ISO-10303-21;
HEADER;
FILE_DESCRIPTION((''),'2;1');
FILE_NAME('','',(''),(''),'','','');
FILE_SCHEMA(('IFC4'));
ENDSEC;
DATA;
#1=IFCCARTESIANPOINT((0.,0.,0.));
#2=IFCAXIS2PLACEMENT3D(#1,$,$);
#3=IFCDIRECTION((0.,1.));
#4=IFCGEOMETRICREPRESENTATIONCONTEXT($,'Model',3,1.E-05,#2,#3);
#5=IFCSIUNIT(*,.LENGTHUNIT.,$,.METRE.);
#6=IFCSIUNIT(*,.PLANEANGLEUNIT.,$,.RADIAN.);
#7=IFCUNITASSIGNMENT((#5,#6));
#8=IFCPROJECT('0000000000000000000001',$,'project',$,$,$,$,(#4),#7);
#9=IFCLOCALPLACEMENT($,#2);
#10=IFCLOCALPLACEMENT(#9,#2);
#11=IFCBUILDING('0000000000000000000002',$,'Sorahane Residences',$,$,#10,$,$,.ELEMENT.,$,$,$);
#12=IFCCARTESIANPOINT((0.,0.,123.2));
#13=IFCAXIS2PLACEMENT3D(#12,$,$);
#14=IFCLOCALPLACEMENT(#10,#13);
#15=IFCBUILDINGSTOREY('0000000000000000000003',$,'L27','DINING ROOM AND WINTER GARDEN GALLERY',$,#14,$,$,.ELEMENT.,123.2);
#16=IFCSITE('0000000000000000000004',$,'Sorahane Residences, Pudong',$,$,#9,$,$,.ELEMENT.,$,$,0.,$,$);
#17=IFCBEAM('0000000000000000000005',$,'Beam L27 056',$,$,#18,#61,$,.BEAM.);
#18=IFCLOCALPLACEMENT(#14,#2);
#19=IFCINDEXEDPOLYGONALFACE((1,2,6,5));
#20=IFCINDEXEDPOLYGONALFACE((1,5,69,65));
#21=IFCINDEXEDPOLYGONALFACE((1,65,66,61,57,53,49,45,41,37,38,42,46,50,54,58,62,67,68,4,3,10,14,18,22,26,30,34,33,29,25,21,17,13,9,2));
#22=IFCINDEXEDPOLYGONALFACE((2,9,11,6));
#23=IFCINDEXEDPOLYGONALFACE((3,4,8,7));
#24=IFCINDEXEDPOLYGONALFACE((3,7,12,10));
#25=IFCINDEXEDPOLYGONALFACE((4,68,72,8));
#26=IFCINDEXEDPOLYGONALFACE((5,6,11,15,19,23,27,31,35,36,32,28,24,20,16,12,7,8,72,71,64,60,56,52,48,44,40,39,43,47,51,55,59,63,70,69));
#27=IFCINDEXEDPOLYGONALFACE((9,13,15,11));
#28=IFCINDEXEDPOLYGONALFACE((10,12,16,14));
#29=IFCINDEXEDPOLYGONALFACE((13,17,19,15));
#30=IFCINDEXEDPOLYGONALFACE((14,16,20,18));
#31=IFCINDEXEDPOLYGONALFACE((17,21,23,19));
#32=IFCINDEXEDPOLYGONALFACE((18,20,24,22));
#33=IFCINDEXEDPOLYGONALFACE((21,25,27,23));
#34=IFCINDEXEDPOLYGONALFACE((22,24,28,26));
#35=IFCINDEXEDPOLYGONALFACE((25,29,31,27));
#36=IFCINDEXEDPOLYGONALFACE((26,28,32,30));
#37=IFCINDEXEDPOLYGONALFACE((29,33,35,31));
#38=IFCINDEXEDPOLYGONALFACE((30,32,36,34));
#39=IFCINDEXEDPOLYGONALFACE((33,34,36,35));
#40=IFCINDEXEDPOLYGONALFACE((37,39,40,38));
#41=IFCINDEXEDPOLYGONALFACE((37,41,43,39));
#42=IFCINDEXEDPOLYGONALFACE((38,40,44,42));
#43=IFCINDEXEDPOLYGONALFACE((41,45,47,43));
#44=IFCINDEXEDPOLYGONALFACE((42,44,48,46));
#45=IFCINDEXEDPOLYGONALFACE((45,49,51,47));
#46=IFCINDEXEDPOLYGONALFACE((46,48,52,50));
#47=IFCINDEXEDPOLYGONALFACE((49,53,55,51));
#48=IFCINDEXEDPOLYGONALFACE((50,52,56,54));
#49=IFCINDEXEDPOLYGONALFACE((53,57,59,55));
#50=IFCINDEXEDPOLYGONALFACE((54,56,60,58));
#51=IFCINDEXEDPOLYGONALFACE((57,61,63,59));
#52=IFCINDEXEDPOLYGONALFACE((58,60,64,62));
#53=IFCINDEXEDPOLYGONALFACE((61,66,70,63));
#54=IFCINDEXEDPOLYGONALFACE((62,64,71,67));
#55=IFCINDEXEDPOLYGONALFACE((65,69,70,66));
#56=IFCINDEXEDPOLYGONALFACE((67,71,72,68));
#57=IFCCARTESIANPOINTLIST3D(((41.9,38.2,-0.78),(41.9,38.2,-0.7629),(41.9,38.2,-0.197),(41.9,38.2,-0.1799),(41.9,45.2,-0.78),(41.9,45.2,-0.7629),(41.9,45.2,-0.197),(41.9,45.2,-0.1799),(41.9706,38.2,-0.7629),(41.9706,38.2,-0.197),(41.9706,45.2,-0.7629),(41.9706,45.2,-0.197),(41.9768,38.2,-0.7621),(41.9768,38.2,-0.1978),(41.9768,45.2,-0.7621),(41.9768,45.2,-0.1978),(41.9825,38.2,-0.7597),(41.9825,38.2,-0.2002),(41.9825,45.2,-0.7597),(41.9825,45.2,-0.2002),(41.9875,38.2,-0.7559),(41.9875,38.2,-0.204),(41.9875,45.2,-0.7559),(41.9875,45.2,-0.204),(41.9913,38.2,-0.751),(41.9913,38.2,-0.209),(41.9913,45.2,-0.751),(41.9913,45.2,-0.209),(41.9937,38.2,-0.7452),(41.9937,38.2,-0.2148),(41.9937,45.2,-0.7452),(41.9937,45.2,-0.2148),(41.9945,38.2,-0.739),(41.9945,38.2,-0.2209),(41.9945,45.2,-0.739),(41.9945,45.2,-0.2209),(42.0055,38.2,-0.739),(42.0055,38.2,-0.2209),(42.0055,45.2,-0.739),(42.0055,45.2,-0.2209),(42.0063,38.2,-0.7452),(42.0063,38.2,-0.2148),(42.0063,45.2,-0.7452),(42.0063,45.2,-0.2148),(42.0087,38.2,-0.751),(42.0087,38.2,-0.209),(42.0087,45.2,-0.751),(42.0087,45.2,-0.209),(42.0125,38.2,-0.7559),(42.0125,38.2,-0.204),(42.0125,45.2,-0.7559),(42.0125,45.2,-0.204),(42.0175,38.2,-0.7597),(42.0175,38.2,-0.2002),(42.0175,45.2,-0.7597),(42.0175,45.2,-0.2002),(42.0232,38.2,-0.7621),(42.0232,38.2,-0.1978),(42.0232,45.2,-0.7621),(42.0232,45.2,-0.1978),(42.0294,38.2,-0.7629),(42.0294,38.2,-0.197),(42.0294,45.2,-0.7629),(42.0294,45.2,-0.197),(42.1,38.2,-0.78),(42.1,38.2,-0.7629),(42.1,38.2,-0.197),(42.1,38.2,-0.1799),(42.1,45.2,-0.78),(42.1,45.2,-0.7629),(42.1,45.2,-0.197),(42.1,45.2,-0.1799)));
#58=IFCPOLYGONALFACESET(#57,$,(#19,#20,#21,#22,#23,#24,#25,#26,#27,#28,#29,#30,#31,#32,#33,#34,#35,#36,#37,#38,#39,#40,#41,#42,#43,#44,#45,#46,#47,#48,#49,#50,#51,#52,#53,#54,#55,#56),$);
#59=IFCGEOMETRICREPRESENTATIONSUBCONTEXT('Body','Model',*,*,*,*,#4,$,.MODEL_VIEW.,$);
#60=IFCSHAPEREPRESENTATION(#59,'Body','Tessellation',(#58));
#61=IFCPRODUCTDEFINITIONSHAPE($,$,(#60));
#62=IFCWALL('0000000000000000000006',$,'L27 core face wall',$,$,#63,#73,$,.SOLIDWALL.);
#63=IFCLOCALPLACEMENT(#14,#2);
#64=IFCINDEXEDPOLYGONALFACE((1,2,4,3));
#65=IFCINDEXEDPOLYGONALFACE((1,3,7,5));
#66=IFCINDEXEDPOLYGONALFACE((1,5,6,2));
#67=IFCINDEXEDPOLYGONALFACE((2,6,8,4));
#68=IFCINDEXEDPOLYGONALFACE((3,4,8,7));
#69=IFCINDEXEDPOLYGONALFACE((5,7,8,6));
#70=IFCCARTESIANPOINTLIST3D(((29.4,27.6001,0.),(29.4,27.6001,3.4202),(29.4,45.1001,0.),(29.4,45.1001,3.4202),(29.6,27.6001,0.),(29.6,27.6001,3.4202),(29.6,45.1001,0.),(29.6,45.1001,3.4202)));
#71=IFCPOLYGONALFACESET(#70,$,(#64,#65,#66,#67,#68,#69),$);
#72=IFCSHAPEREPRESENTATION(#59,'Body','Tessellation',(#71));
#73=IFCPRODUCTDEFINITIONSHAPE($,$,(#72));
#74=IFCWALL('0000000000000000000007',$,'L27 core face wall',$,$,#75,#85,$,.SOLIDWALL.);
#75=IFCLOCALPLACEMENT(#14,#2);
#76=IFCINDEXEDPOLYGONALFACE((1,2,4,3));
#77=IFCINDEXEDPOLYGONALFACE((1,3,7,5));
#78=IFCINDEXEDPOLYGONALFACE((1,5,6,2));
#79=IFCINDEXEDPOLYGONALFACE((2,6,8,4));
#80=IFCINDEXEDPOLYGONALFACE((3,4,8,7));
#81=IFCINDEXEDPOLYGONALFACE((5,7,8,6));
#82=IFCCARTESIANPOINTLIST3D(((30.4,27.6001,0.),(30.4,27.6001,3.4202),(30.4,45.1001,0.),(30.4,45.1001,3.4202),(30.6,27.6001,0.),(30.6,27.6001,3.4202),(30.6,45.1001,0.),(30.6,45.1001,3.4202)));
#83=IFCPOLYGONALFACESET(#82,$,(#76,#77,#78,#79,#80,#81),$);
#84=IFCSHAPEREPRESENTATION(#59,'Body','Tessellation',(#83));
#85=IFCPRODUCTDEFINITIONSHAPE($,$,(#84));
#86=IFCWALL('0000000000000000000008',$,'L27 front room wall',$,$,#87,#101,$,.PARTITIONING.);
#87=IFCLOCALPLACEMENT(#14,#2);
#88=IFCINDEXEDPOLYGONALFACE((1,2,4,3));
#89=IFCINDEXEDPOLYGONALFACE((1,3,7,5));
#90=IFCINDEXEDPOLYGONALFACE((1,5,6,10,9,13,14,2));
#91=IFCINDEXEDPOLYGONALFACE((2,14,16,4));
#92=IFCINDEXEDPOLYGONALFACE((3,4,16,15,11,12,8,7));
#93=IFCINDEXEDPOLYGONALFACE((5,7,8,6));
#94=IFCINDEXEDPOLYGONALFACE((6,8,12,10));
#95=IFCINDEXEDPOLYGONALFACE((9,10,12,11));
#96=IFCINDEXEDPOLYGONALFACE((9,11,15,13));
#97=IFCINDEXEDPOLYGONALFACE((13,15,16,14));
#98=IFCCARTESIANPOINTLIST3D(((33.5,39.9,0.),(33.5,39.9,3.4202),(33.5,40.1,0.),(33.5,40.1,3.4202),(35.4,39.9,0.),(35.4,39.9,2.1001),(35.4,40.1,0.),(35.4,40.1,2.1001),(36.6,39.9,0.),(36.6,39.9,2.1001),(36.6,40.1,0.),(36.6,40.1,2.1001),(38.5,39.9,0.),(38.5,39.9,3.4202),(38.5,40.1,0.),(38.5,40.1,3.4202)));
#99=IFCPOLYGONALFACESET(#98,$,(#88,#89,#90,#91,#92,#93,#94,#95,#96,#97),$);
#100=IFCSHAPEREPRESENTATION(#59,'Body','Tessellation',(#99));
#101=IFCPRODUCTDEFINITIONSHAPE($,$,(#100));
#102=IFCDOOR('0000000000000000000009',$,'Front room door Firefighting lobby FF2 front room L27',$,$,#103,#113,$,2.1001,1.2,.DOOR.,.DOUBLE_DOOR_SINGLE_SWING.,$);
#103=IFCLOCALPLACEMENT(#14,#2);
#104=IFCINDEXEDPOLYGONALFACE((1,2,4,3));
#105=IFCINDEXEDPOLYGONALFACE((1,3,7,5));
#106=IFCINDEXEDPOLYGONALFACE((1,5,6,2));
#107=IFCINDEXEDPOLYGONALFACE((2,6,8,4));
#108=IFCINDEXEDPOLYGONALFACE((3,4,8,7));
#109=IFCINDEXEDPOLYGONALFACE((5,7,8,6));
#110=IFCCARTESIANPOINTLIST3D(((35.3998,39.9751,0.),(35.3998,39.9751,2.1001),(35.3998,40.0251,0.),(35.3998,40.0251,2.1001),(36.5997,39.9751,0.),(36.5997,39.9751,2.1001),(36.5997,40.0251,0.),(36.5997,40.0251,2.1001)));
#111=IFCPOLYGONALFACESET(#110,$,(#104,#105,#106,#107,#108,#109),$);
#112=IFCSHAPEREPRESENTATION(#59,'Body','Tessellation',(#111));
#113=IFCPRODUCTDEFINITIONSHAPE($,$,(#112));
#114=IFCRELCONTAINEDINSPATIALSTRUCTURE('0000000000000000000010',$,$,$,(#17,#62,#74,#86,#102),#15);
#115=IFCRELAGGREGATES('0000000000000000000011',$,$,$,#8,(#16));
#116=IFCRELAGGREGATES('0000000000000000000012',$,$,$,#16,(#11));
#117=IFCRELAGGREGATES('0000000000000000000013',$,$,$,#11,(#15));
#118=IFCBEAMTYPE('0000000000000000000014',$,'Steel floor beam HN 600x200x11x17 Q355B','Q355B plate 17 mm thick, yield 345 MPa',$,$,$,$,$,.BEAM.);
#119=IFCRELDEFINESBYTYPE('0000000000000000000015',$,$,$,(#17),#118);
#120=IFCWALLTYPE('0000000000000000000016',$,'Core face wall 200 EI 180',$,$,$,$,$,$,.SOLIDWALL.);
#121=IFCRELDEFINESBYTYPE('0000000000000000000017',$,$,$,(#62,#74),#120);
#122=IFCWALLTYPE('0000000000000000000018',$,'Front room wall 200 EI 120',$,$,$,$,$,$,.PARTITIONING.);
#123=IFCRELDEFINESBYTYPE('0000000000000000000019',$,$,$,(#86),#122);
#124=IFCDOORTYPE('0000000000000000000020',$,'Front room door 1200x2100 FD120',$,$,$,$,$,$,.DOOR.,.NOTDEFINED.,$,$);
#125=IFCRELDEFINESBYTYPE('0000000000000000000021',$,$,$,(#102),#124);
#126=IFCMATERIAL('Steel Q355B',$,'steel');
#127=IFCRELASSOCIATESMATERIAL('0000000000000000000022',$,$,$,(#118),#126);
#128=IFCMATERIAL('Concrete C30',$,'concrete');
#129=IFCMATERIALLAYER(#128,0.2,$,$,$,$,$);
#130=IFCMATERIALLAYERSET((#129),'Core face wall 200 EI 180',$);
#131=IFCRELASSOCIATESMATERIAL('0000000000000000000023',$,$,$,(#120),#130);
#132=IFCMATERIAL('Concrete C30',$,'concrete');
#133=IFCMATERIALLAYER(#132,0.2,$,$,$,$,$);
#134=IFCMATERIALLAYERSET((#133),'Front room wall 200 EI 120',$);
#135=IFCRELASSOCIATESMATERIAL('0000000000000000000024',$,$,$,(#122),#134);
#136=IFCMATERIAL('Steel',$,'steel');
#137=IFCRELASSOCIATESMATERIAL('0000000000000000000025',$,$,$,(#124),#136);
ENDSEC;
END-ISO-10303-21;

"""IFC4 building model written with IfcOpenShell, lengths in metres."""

from ifc_helpers import new_model, si_unit, direction, frame, frame_2d, origin, origin_2d, place, context, subcontext, project, spatial, rectangle, i_section, extrude, material, layer, layer_set, material_profile, profile_set, type_object, element, fill, save


model = new_model("IFC4")

# Units and contexts
model_context = context("Model", 3, precision=1e-05, world=origin(), true_north=direction((0.0, 1.0)))
body_context = subcontext(model_context, "Body", "Model", "MODEL_VIEW")
ifc_project = project(units=[si_unit("LENGTHUNIT", "METRE"), si_unit("PLANEANGLEUNIT", "RADIAN")], contexts=[model_context])

# Site, building, storey
site_placement = place(None, origin())
site = spatial("IfcSite", under=ifc_project, at=site_placement, Name="Sorahane Residences, Pudong", CompositionType="ELEMENT", RefElevation=0.0)
building_placement = place(site_placement, origin())
building = spatial("IfcBuilding", under=site, at=building_placement, Name="Sorahane Residences", CompositionType="ELEMENT")
storey_placement = place(building_placement, frame((0.0, 0.0, 123.2)))
storey = spatial("IfcBuildingStorey", under=building, at=storey_placement, Name="L27", Description="DINING ROOM AND WINTER GARDEN GALLERY", CompositionType="ELEMENT", Elevation=123.2)

# Beam
ifc_material_1 = material(Name="Steel Q355B", Category="steel")
ifc_material_profile_1 = material_profile(ifc_material_1, i_section(OverallWidth=0.2, OverallDepth=0.6001, WebThickness=0.011, FlangeThickness=0.0171, FilletRadius=0.0239, at=origin_2d()), Name="HN 600x200x11x17")
ifc_profile_set_1 = profile_set([ifc_material_profile_1], Name="Steel Q355B")
beam_type_1 = type_object("IfcBeamType", Name="Steel floor beam HN 600x200x11x17 Q355B", Description="Q355B plate 17 mm thick, yield 345 MPa", PredefinedType="BEAM", material=ifc_profile_set_1)
for number, where, z_axis, x_axis, name in (
    (1, (42.0, 38.2, -0.48), (0.0, 1.0, 0.0), (-1.0, 0.0, 0.0), "Beam L27 056"),
):
    element("IfcBeam", number, at=place(storey_placement, frame(where, z_axis=z_axis, x_axis=x_axis)), inside=storey, type_object=beam_type_1, Name=name, PredefinedType="BEAM", context=body_context, shape_type="SweptSolid", body=[
        extrude(i_section(OverallWidth=0.2, OverallDepth=0.6001, WebThickness=0.011, FlangeThickness=0.0171, FilletRadius=0.0239, at=origin_2d()), origin(), (0.0, 0.0, 1.0), 7.0),
    ])

# Walls
ifc_material_2 = material(Name="Concrete C30", Category="concrete")
ifc_layer_1 = layer(ifc_material_2, 0.2)
ifc_layer_set_1 = layer_set([ifc_layer_1], Name="Core face wall 200 EI 180")
wall_type_1 = type_object("IfcWallType", Name="Core face wall 200 EI 180", PredefinedType="SOLIDWALL", material=ifc_layer_set_1)
for number, where, z_axis, x_axis, name in (
    (2, (29.5, 27.6001, 0.0), (0.0, 0.0, 1.0), (0.0, 1.0, 0.0), "L27 core face wall"),
    (3, (30.5, 27.6001, 0.0), (0.0, 0.0, 1.0), (0.0, 1.0, 0.0), "L27 core face wall"),
):
    element("IfcWall", number, at=place(storey_placement, frame(where, z_axis=z_axis, x_axis=x_axis)), inside=storey, type_object=wall_type_1, Name=name, PredefinedType="SOLIDWALL", context=body_context, shape_type="SweptSolid", body=[
        extrude(rectangle(XDim=17.5, YDim=0.2, at=frame_2d((8.75, 0.0))), origin(), (0.0, 0.0, 1.0), 3.4202),
    ])

# Wall, opening, door
ifc_material_3 = material(Name="Concrete C30", Category="concrete")
ifc_layer_2 = layer(ifc_material_3, 0.2)
ifc_layer_set_2 = layer_set([ifc_layer_2], Name="Front room wall 200 EI 120")
wall_type_2 = type_object("IfcWallType", Name="Front room wall 200 EI 120", PredefinedType="PARTITIONING", material=ifc_layer_set_2)
wall_1_placement = place(storey_placement, frame((33.5, 40.0, 0.0), z_axis=(0.0, 0.0, 1.0), x_axis=(1.0, 0.0, 0.0)))
wall_1 = element("IfcWall", 4, at=wall_1_placement, inside=storey, type_object=wall_type_2, Name="L27 front room wall", PredefinedType="PARTITIONING", context=body_context, shape_type="SweptSolid", body=[
    extrude(rectangle(XDim=5.0, YDim=0.2, at=frame_2d((2.5, 0.0))), origin(), (0.0, 0.0, 1.0), 3.4202),
])
opening_1_placement = place(wall_1_placement, frame((1.8999, 0.0, 0.0)))
opening_1 = element("IfcOpeningElement", 5, at=opening_1_placement, cuts=wall_1, PredefinedType="OPENING", context=body_context, shape_type="SweptSolid", body=[
    extrude(rectangle(XDim=1.2, YDim=2.1001, at=frame_2d((0.6001, 1.05))), frame((0.0, 0.1099, 0.0), z_axis=(0.0, -1.0, 0.0), x_axis=(1.0, 0.0, 0.0)), (0.0, 0.0, 1.0), 0.22),
])
ifc_material_4 = material(Name="Steel", Category="steel")
door_type_1 = type_object("IfcDoorType", Name="Front room door 1200x2100 FD120", OperationType="NOTDEFINED", PredefinedType="DOOR", material=ifc_material_4)
door_1_placement = place(opening_1_placement, frame((1.2, 0.0, 0.0), z_axis=(0.0, 0.0, 1.0), x_axis=(-1.0, 0.0, 0.0)))
door_1 = element("IfcDoor", 6, at=door_1_placement, inside=storey, type_object=door_type_1, Name="Front room door Firefighting lobby FF2 front room L27", OperationType="DOUBLE_DOOR_SINGLE_SWING", OverallHeight=2.1001, OverallWidth=1.2, PredefinedType="DOOR", context=body_context, shape_type="SweptSolid", body=[
    extrude(rectangle(XDim=1.2, YDim=2.1001, at=frame_2d((0.6001, 1.05))), frame((0.0, 0.0249, 0.0), z_axis=(0.0, -1.0, 0.0), x_axis=(1.0, 0.0, 0.0)), (0.0, 0.0, 1.0), 0.05),
])
fill(opening_1, door_1)

save(model, "model.ifc")
